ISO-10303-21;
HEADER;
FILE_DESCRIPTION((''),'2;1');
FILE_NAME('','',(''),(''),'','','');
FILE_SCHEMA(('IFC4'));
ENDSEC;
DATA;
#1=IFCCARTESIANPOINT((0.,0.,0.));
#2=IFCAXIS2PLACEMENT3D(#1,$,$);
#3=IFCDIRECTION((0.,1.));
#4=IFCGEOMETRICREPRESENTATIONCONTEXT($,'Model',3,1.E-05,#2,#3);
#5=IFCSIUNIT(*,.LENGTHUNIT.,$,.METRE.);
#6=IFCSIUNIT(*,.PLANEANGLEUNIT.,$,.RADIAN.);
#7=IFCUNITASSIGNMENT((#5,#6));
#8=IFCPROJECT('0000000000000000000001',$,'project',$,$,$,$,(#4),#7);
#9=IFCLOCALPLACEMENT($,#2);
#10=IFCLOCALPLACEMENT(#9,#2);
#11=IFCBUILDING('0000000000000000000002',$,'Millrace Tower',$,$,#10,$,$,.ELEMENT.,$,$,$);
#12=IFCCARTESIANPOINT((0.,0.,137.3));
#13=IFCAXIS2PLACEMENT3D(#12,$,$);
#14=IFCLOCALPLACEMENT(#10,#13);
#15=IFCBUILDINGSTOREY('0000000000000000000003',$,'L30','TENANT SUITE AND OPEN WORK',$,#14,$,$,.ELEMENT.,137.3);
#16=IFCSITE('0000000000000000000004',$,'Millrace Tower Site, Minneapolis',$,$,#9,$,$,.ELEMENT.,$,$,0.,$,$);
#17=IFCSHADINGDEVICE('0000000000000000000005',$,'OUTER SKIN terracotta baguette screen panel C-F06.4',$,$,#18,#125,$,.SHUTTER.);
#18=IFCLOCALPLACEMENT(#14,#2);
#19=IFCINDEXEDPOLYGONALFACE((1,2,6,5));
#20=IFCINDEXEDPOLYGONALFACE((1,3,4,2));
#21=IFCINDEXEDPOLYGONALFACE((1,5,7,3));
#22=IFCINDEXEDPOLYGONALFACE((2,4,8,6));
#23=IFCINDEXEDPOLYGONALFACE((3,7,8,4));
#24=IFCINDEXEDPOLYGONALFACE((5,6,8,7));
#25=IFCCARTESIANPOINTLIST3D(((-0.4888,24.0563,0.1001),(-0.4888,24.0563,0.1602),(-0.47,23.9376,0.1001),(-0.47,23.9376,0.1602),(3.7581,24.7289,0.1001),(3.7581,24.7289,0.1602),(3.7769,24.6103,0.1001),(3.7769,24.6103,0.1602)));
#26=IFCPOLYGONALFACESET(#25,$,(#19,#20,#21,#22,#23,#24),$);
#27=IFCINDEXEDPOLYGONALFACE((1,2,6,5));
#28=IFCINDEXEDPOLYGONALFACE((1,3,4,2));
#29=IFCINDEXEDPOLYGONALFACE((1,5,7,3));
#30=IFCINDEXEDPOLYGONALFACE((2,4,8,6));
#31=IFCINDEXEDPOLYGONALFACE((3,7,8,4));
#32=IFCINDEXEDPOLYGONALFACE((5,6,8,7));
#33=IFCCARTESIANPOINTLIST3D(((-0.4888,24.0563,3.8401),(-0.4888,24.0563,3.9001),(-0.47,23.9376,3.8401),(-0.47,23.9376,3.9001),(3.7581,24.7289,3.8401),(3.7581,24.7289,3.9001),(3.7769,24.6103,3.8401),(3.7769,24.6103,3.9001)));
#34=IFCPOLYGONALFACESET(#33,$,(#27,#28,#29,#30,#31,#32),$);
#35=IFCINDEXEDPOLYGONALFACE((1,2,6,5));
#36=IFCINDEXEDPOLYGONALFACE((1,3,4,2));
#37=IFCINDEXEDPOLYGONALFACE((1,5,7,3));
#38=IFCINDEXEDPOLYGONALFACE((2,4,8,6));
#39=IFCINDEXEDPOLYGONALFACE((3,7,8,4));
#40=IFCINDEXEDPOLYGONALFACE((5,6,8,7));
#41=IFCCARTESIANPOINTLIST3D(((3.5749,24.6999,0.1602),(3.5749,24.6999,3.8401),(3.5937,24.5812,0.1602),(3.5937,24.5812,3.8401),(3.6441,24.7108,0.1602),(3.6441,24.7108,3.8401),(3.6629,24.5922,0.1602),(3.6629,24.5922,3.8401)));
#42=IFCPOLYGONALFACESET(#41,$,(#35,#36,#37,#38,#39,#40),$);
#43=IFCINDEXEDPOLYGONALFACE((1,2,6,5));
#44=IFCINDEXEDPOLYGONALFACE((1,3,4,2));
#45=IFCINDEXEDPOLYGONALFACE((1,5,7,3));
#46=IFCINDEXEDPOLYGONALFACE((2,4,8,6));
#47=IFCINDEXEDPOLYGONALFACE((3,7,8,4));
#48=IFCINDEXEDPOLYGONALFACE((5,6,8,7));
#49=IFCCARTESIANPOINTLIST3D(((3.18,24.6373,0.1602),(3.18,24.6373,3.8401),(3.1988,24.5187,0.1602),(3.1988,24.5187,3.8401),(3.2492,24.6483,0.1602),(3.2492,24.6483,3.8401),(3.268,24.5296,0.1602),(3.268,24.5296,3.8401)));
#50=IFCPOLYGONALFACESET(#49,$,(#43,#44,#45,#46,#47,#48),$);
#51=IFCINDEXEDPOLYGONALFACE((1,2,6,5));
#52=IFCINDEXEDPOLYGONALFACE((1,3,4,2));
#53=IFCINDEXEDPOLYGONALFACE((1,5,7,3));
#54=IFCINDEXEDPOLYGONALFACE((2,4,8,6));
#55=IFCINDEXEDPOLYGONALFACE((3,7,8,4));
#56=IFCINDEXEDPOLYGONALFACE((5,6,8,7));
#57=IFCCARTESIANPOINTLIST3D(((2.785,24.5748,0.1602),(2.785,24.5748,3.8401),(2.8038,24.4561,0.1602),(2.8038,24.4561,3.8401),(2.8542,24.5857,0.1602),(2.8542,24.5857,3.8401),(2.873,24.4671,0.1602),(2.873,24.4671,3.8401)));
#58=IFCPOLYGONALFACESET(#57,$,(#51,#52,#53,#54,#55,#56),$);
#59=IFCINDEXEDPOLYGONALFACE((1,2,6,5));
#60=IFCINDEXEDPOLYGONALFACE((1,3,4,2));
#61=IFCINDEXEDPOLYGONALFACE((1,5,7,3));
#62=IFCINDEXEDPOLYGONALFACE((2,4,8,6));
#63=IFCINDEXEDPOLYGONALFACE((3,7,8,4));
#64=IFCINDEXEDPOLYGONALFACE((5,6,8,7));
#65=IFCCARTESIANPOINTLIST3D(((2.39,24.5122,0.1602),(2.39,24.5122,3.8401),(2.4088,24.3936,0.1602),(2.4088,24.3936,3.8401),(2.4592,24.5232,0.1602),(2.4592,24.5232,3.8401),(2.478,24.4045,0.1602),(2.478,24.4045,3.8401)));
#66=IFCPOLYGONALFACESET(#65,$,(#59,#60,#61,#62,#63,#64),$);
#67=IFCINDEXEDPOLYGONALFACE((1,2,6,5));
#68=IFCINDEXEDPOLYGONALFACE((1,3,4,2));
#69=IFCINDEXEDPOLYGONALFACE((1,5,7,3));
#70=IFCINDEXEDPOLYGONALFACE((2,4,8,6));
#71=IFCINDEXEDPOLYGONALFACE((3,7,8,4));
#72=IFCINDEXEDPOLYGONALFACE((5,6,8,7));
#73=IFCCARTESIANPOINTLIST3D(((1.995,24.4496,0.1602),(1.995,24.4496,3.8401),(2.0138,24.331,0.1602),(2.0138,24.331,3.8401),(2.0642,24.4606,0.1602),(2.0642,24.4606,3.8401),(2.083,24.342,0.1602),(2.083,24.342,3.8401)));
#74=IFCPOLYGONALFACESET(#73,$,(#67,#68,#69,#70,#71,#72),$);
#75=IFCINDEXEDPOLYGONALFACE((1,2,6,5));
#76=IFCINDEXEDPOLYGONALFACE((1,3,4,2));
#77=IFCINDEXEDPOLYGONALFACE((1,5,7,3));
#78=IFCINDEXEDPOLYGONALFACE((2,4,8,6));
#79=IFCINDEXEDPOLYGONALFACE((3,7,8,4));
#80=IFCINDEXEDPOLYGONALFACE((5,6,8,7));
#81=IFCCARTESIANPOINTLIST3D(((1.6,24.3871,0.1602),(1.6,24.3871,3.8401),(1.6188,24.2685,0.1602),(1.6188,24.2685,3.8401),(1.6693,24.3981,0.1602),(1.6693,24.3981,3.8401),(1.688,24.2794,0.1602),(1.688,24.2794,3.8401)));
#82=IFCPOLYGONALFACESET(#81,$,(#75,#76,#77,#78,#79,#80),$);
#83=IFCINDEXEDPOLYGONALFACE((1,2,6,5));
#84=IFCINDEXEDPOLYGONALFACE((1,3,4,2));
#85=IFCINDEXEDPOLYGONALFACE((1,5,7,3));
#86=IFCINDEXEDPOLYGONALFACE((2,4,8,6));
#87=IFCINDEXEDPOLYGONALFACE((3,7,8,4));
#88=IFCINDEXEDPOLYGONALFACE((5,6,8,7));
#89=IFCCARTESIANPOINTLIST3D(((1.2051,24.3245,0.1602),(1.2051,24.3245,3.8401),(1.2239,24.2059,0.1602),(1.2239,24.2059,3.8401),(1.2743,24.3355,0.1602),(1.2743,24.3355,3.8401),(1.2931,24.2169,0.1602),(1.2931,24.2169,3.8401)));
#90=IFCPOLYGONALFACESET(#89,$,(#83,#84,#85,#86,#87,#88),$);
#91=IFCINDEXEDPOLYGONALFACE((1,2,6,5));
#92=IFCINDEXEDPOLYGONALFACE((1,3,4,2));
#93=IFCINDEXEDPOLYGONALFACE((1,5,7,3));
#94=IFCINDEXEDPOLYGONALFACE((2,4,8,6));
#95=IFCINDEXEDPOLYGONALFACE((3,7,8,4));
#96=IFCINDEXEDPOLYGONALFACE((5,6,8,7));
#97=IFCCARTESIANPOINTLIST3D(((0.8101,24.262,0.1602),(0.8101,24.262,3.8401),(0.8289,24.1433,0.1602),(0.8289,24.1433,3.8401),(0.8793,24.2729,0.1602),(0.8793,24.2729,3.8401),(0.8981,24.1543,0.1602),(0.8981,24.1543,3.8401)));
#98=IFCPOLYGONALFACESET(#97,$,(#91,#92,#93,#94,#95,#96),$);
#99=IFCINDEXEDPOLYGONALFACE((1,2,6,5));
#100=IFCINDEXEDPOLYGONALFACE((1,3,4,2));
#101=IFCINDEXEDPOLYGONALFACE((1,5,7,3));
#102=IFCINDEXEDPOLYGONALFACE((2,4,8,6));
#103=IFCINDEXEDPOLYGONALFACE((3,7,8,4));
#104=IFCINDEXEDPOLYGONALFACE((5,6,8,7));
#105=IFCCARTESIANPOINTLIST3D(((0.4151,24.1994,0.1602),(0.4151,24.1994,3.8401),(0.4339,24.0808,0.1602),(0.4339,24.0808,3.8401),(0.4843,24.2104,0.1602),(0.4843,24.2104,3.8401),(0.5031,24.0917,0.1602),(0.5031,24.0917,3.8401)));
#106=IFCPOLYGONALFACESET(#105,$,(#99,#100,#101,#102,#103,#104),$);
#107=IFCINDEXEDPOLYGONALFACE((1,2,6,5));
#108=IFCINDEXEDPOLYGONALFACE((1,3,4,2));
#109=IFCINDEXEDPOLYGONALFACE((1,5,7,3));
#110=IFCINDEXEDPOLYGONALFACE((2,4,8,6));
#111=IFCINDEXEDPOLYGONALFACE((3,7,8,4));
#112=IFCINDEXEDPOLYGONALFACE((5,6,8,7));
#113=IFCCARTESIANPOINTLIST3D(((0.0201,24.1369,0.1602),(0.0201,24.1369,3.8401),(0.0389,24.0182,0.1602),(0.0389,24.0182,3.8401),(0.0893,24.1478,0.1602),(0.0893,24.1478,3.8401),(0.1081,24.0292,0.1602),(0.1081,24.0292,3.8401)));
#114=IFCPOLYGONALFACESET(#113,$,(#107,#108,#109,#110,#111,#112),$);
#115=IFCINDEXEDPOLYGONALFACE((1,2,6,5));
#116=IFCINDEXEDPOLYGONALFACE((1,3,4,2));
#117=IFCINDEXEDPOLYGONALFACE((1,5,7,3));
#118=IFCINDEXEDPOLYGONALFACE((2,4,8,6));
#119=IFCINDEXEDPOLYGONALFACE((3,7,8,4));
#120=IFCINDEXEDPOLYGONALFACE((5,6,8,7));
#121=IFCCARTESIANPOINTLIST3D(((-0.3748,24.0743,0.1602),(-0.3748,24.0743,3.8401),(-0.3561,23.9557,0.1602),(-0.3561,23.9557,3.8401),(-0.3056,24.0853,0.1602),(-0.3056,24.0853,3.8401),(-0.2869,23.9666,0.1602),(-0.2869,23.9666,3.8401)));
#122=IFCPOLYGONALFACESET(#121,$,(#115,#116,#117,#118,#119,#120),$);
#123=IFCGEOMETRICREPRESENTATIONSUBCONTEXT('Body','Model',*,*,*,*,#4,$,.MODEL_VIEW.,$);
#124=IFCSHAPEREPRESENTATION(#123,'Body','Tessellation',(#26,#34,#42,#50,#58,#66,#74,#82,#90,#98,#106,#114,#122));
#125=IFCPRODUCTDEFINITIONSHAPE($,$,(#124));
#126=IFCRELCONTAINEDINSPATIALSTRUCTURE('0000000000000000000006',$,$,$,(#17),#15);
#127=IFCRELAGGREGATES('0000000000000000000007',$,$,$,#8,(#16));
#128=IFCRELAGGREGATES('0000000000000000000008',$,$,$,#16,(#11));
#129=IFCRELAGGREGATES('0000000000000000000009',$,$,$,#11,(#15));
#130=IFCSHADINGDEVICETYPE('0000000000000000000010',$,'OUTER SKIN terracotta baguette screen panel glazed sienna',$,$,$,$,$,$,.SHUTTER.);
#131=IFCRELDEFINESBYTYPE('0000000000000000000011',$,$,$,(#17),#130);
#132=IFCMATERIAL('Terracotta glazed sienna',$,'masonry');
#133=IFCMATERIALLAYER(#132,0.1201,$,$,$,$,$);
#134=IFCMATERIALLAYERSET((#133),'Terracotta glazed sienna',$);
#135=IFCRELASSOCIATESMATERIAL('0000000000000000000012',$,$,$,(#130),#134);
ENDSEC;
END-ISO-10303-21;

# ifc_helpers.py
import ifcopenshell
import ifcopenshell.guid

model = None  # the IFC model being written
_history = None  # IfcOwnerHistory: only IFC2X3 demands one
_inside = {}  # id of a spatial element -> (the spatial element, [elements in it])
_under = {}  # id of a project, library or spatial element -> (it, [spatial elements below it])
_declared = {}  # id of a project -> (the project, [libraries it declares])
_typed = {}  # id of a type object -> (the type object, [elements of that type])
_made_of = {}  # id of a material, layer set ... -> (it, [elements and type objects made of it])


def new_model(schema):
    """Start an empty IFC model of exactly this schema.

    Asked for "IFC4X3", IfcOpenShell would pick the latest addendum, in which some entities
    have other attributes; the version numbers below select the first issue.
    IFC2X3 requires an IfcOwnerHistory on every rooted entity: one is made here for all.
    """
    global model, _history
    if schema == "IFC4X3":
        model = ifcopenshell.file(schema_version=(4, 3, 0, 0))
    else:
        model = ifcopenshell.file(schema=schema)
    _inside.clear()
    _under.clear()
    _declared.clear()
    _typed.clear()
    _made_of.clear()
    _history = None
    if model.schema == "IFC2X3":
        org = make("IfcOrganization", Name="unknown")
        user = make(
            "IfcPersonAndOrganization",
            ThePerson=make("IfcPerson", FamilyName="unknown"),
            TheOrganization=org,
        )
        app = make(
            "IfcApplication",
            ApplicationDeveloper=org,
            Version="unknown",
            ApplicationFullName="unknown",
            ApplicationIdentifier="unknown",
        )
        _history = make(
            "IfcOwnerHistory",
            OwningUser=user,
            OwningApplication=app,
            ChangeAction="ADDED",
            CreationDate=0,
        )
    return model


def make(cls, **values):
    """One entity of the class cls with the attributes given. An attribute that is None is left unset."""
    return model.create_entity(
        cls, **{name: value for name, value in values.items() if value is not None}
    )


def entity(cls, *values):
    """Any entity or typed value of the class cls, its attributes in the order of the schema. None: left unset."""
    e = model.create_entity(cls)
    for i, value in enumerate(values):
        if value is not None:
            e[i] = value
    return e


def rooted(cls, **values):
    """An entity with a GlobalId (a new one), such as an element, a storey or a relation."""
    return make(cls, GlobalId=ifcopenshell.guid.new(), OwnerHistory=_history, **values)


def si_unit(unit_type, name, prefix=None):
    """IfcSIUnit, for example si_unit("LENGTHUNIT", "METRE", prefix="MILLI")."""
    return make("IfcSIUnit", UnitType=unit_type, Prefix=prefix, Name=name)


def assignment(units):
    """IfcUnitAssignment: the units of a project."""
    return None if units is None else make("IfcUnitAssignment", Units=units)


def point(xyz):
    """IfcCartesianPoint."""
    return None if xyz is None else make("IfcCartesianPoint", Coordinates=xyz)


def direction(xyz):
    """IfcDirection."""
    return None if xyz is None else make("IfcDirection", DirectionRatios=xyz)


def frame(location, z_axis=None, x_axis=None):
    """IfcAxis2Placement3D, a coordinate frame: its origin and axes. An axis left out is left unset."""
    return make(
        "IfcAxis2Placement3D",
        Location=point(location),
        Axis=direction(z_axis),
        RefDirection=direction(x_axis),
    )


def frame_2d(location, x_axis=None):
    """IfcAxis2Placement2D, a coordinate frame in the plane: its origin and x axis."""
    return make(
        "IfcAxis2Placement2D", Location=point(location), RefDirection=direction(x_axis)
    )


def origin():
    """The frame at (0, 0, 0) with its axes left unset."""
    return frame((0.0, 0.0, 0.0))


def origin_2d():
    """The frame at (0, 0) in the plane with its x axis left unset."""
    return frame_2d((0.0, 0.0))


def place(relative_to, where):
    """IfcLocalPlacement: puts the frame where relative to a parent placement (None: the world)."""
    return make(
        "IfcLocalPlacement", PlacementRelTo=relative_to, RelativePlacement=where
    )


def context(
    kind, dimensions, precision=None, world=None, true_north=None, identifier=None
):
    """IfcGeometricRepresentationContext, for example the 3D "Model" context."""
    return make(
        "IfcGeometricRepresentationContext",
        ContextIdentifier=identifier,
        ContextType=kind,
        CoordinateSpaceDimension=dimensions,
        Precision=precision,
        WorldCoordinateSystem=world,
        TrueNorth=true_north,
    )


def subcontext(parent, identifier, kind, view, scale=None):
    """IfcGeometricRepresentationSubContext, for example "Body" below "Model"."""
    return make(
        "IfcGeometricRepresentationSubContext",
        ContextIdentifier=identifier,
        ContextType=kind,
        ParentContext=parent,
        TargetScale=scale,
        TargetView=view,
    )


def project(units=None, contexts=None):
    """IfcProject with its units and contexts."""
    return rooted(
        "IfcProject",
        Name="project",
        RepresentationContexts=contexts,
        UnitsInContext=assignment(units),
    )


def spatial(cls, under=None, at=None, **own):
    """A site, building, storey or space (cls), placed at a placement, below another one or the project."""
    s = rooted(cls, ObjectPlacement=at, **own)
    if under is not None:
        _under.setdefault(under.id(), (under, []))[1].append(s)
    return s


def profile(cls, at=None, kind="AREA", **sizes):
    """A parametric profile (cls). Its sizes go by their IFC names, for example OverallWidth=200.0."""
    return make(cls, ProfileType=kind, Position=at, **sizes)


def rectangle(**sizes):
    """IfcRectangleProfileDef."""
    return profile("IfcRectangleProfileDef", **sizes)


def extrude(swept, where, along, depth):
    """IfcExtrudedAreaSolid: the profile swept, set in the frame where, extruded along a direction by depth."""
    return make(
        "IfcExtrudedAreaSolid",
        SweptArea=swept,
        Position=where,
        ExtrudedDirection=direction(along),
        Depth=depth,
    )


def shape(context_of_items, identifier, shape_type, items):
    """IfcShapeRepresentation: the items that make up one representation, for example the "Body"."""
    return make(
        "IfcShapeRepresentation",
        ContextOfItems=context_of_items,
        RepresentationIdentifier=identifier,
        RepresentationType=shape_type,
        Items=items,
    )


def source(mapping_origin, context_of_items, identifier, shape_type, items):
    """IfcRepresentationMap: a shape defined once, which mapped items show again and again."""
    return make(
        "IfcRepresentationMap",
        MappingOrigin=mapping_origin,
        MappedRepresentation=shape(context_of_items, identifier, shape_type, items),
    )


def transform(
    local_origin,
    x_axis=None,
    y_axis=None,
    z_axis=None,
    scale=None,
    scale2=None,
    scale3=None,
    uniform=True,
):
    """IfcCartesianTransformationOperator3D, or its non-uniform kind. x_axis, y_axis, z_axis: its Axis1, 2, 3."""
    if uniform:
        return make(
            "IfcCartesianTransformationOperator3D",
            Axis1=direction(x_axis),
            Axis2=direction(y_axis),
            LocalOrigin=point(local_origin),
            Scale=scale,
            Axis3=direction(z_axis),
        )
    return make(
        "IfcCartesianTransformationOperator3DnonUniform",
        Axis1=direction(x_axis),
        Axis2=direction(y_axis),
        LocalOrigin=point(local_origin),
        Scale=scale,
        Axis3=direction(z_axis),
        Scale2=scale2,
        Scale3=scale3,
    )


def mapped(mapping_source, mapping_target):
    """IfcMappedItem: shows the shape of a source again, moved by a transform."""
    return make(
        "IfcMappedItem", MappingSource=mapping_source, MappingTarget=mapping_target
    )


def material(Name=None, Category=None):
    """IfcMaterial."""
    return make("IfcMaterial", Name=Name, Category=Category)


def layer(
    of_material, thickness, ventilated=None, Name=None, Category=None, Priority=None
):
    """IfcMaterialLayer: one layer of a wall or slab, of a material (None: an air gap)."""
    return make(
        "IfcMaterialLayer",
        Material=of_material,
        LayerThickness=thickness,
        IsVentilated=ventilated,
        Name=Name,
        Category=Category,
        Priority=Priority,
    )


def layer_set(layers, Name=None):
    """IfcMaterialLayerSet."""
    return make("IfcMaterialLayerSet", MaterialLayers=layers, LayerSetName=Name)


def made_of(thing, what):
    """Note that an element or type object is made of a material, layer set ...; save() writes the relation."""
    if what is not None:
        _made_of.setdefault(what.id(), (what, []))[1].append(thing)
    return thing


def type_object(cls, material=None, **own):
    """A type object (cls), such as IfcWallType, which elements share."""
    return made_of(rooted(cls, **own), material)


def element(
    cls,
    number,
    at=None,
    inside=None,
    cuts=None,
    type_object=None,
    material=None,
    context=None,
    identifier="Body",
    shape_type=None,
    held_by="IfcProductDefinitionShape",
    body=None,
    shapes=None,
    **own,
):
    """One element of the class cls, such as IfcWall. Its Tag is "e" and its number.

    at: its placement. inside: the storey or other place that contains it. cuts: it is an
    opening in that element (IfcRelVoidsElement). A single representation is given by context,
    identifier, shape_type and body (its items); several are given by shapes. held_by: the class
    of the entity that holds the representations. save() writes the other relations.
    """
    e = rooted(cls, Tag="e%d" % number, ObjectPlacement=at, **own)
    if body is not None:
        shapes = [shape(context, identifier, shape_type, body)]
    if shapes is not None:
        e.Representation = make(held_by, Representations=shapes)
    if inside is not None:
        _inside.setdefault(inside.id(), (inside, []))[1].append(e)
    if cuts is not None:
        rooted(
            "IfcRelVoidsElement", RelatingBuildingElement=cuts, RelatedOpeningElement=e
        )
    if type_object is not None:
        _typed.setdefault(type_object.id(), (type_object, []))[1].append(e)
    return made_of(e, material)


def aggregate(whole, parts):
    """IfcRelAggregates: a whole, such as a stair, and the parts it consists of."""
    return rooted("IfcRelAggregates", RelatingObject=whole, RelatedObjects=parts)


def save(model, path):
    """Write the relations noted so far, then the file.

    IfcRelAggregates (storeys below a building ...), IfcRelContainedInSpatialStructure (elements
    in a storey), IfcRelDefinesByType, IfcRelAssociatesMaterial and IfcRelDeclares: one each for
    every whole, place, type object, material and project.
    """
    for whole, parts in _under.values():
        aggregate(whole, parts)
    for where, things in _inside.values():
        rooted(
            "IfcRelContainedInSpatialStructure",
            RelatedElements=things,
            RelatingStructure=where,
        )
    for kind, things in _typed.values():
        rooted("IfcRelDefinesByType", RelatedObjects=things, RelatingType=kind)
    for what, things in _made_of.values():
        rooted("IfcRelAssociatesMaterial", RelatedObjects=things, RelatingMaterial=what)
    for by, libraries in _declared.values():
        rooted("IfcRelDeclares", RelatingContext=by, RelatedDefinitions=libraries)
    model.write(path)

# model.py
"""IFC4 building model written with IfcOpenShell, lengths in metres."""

from ifc_helpers import new_model, entity, si_unit, direction, frame, frame_2d, origin, origin_2d, place, context, subcontext, project, spatial, rectangle, extrude, source, transform, mapped, material, layer, layer_set, type_object, element, save


model = new_model("IFC4")

# Units and contexts
model_context = context("Model", 3, precision=1e-05, world=origin(), true_north=direction((0.0, 1.0)))
body_context = subcontext(model_context, "Body", "Model", "MODEL_VIEW")
ifc_project = project(units=[si_unit("LENGTHUNIT", "METRE"), si_unit("PLANEANGLEUNIT", "RADIAN")], contexts=[model_context])

# Site, building, storey
site_placement = place(None, origin())
site = spatial("IfcSite", under=ifc_project, at=site_placement, Name="Millrace Tower Site, Minneapolis", CompositionType="ELEMENT", RefElevation=0.0)
building_placement = place(site_placement, origin())
building = spatial("IfcBuilding", under=site, at=building_placement, Name="Millrace Tower", CompositionType="ELEMENT")
storey_placement = place(building_placement, frame((0.0, 0.0, 137.3)))
storey = spatial("IfcBuildingStorey", under=building, at=storey_placement, Name="L30", Description="TENANT SUITE AND OPEN WORK", CompositionType="ELEMENT", Elevation=137.3)

# Shading device
ifc_material_1 = material(Name="Terracotta glazed sienna", Category="masonry")
ifc_layer_1 = layer(ifc_material_1, 0.1201)
ifc_layer_set_1 = layer_set([ifc_layer_1], Name="Terracotta glazed sienna")
shading_device_type = type_object("IfcShadingDeviceType", Name="OUTER SKIN terracotta baguette screen panel glazed sienna", PredefinedType="SHUTTER", material=ifc_layer_set_1)
cartesian_point_1 = entity("IfcCartesianPoint", [-2.1499, 0.0601])
shared_polyline_1 = entity("IfcPolyline", [cartesian_point_1, entity("IfcCartesianPoint", [2.1499, 0.0601]), entity("IfcCartesianPoint", [2.1499, -0.0601]), entity("IfcCartesianPoint", [-2.1499, -0.0601]), cartesian_point_1])
shared_shape_1 = source(origin(), body_context, "Body", "SweptSolid", [
    entity("IfcExtrudedAreaSolid", entity("IfcArbitraryClosedProfileDef", "AREA", None, shared_polyline_1), entity("IfcAxis2Placement3D", entity("IfcCartesianPoint", [0.0, 0.0, 0.0])), entity("IfcDirection", [0.0, 0.0, 1.0]), 0.0601),
    entity("IfcExtrudedAreaSolid", entity("IfcArbitraryClosedProfileDef", "AREA", None, shared_polyline_1), entity("IfcAxis2Placement3D", entity("IfcCartesianPoint", [0.0, 0.0, 3.74])), entity("IfcDirection", [0.0, 0.0, 1.0]), 0.0601),
    extrude(rectangle(XDim=0.0701, YDim=0.1201, at=frame_2d((-1.9995, 0.0))), frame((0.0, 0.0, 0.0601)), (0.0, 0.0, 1.0), 3.6799),
    extrude(rectangle(XDim=0.0701, YDim=0.1201, at=frame_2d((-1.5996, 0.0))), frame((0.0, 0.0, 0.0601)), (0.0, 0.0, 1.0), 3.6799),
    extrude(rectangle(XDim=0.0701, YDim=0.1201, at=frame_2d((-1.1997, 0.0))), frame((0.0, 0.0, 0.0601)), (0.0, 0.0, 1.0), 3.6799),
    extrude(rectangle(XDim=0.0701, YDim=0.1201, at=frame_2d((-0.7998, 0.0))), frame((0.0, 0.0, 0.0601)), (0.0, 0.0, 1.0), 3.6799),
    extrude(rectangle(XDim=0.0701, YDim=0.1201, at=frame_2d((-0.3999, 0.0))), frame((0.0, 0.0, 0.0601)), (0.0, 0.0, 1.0), 3.6799),
    extrude(rectangle(XDim=0.0701, YDim=0.1201, at=origin_2d()), frame((0.0, 0.0, 0.0601)), (0.0, 0.0, 1.0), 3.6799),
    extrude(rectangle(XDim=0.0701, YDim=0.1201, at=frame_2d((0.3999, 0.0))), frame((0.0, 0.0, 0.0601)), (0.0, 0.0, 1.0), 3.6799),
    extrude(rectangle(XDim=0.0701, YDim=0.1201, at=frame_2d((0.7998, 0.0))), frame((0.0, 0.0, 0.0601)), (0.0, 0.0, 1.0), 3.6799),
    extrude(rectangle(XDim=0.0701, YDim=0.1201, at=frame_2d((1.1997, 0.0))), frame((0.0, 0.0, 0.0601)), (0.0, 0.0, 1.0), 3.6799),
    extrude(rectangle(XDim=0.0701, YDim=0.1201, at=frame_2d((1.5996, 0.0))), frame((0.0, 0.0, 0.0601)), (0.0, 0.0, 1.0), 3.6799),
    extrude(rectangle(XDim=0.0701, YDim=0.1201, at=frame_2d((1.9995, 0.0))), frame((0.0, 0.0, 0.0601)), (0.0, 0.0, 1.0), 3.6799),
])
for number, where, z_axis, x_axis, name in (
    (1, (1.644, 24.3333, 0.1001), (0.0, 0.0, 1.0), (-0.987688, -0.156434, 0.0), "OUTER SKIN terracotta baguette screen panel C-F06.4"),
):
    element("IfcShadingDevice", number, at=place(storey_placement, frame(where, z_axis=z_axis, x_axis=x_axis)), inside=storey, type_object=shading_device_type, Name=name, PredefinedType="SHUTTER", context=body_context, shape_type="MappedRepresentation", body=[
        mapped(shared_shape_1, transform((0.0, 0.0, 0.0), scale=1.0)),
    ])

save(model, "model.ifc")
